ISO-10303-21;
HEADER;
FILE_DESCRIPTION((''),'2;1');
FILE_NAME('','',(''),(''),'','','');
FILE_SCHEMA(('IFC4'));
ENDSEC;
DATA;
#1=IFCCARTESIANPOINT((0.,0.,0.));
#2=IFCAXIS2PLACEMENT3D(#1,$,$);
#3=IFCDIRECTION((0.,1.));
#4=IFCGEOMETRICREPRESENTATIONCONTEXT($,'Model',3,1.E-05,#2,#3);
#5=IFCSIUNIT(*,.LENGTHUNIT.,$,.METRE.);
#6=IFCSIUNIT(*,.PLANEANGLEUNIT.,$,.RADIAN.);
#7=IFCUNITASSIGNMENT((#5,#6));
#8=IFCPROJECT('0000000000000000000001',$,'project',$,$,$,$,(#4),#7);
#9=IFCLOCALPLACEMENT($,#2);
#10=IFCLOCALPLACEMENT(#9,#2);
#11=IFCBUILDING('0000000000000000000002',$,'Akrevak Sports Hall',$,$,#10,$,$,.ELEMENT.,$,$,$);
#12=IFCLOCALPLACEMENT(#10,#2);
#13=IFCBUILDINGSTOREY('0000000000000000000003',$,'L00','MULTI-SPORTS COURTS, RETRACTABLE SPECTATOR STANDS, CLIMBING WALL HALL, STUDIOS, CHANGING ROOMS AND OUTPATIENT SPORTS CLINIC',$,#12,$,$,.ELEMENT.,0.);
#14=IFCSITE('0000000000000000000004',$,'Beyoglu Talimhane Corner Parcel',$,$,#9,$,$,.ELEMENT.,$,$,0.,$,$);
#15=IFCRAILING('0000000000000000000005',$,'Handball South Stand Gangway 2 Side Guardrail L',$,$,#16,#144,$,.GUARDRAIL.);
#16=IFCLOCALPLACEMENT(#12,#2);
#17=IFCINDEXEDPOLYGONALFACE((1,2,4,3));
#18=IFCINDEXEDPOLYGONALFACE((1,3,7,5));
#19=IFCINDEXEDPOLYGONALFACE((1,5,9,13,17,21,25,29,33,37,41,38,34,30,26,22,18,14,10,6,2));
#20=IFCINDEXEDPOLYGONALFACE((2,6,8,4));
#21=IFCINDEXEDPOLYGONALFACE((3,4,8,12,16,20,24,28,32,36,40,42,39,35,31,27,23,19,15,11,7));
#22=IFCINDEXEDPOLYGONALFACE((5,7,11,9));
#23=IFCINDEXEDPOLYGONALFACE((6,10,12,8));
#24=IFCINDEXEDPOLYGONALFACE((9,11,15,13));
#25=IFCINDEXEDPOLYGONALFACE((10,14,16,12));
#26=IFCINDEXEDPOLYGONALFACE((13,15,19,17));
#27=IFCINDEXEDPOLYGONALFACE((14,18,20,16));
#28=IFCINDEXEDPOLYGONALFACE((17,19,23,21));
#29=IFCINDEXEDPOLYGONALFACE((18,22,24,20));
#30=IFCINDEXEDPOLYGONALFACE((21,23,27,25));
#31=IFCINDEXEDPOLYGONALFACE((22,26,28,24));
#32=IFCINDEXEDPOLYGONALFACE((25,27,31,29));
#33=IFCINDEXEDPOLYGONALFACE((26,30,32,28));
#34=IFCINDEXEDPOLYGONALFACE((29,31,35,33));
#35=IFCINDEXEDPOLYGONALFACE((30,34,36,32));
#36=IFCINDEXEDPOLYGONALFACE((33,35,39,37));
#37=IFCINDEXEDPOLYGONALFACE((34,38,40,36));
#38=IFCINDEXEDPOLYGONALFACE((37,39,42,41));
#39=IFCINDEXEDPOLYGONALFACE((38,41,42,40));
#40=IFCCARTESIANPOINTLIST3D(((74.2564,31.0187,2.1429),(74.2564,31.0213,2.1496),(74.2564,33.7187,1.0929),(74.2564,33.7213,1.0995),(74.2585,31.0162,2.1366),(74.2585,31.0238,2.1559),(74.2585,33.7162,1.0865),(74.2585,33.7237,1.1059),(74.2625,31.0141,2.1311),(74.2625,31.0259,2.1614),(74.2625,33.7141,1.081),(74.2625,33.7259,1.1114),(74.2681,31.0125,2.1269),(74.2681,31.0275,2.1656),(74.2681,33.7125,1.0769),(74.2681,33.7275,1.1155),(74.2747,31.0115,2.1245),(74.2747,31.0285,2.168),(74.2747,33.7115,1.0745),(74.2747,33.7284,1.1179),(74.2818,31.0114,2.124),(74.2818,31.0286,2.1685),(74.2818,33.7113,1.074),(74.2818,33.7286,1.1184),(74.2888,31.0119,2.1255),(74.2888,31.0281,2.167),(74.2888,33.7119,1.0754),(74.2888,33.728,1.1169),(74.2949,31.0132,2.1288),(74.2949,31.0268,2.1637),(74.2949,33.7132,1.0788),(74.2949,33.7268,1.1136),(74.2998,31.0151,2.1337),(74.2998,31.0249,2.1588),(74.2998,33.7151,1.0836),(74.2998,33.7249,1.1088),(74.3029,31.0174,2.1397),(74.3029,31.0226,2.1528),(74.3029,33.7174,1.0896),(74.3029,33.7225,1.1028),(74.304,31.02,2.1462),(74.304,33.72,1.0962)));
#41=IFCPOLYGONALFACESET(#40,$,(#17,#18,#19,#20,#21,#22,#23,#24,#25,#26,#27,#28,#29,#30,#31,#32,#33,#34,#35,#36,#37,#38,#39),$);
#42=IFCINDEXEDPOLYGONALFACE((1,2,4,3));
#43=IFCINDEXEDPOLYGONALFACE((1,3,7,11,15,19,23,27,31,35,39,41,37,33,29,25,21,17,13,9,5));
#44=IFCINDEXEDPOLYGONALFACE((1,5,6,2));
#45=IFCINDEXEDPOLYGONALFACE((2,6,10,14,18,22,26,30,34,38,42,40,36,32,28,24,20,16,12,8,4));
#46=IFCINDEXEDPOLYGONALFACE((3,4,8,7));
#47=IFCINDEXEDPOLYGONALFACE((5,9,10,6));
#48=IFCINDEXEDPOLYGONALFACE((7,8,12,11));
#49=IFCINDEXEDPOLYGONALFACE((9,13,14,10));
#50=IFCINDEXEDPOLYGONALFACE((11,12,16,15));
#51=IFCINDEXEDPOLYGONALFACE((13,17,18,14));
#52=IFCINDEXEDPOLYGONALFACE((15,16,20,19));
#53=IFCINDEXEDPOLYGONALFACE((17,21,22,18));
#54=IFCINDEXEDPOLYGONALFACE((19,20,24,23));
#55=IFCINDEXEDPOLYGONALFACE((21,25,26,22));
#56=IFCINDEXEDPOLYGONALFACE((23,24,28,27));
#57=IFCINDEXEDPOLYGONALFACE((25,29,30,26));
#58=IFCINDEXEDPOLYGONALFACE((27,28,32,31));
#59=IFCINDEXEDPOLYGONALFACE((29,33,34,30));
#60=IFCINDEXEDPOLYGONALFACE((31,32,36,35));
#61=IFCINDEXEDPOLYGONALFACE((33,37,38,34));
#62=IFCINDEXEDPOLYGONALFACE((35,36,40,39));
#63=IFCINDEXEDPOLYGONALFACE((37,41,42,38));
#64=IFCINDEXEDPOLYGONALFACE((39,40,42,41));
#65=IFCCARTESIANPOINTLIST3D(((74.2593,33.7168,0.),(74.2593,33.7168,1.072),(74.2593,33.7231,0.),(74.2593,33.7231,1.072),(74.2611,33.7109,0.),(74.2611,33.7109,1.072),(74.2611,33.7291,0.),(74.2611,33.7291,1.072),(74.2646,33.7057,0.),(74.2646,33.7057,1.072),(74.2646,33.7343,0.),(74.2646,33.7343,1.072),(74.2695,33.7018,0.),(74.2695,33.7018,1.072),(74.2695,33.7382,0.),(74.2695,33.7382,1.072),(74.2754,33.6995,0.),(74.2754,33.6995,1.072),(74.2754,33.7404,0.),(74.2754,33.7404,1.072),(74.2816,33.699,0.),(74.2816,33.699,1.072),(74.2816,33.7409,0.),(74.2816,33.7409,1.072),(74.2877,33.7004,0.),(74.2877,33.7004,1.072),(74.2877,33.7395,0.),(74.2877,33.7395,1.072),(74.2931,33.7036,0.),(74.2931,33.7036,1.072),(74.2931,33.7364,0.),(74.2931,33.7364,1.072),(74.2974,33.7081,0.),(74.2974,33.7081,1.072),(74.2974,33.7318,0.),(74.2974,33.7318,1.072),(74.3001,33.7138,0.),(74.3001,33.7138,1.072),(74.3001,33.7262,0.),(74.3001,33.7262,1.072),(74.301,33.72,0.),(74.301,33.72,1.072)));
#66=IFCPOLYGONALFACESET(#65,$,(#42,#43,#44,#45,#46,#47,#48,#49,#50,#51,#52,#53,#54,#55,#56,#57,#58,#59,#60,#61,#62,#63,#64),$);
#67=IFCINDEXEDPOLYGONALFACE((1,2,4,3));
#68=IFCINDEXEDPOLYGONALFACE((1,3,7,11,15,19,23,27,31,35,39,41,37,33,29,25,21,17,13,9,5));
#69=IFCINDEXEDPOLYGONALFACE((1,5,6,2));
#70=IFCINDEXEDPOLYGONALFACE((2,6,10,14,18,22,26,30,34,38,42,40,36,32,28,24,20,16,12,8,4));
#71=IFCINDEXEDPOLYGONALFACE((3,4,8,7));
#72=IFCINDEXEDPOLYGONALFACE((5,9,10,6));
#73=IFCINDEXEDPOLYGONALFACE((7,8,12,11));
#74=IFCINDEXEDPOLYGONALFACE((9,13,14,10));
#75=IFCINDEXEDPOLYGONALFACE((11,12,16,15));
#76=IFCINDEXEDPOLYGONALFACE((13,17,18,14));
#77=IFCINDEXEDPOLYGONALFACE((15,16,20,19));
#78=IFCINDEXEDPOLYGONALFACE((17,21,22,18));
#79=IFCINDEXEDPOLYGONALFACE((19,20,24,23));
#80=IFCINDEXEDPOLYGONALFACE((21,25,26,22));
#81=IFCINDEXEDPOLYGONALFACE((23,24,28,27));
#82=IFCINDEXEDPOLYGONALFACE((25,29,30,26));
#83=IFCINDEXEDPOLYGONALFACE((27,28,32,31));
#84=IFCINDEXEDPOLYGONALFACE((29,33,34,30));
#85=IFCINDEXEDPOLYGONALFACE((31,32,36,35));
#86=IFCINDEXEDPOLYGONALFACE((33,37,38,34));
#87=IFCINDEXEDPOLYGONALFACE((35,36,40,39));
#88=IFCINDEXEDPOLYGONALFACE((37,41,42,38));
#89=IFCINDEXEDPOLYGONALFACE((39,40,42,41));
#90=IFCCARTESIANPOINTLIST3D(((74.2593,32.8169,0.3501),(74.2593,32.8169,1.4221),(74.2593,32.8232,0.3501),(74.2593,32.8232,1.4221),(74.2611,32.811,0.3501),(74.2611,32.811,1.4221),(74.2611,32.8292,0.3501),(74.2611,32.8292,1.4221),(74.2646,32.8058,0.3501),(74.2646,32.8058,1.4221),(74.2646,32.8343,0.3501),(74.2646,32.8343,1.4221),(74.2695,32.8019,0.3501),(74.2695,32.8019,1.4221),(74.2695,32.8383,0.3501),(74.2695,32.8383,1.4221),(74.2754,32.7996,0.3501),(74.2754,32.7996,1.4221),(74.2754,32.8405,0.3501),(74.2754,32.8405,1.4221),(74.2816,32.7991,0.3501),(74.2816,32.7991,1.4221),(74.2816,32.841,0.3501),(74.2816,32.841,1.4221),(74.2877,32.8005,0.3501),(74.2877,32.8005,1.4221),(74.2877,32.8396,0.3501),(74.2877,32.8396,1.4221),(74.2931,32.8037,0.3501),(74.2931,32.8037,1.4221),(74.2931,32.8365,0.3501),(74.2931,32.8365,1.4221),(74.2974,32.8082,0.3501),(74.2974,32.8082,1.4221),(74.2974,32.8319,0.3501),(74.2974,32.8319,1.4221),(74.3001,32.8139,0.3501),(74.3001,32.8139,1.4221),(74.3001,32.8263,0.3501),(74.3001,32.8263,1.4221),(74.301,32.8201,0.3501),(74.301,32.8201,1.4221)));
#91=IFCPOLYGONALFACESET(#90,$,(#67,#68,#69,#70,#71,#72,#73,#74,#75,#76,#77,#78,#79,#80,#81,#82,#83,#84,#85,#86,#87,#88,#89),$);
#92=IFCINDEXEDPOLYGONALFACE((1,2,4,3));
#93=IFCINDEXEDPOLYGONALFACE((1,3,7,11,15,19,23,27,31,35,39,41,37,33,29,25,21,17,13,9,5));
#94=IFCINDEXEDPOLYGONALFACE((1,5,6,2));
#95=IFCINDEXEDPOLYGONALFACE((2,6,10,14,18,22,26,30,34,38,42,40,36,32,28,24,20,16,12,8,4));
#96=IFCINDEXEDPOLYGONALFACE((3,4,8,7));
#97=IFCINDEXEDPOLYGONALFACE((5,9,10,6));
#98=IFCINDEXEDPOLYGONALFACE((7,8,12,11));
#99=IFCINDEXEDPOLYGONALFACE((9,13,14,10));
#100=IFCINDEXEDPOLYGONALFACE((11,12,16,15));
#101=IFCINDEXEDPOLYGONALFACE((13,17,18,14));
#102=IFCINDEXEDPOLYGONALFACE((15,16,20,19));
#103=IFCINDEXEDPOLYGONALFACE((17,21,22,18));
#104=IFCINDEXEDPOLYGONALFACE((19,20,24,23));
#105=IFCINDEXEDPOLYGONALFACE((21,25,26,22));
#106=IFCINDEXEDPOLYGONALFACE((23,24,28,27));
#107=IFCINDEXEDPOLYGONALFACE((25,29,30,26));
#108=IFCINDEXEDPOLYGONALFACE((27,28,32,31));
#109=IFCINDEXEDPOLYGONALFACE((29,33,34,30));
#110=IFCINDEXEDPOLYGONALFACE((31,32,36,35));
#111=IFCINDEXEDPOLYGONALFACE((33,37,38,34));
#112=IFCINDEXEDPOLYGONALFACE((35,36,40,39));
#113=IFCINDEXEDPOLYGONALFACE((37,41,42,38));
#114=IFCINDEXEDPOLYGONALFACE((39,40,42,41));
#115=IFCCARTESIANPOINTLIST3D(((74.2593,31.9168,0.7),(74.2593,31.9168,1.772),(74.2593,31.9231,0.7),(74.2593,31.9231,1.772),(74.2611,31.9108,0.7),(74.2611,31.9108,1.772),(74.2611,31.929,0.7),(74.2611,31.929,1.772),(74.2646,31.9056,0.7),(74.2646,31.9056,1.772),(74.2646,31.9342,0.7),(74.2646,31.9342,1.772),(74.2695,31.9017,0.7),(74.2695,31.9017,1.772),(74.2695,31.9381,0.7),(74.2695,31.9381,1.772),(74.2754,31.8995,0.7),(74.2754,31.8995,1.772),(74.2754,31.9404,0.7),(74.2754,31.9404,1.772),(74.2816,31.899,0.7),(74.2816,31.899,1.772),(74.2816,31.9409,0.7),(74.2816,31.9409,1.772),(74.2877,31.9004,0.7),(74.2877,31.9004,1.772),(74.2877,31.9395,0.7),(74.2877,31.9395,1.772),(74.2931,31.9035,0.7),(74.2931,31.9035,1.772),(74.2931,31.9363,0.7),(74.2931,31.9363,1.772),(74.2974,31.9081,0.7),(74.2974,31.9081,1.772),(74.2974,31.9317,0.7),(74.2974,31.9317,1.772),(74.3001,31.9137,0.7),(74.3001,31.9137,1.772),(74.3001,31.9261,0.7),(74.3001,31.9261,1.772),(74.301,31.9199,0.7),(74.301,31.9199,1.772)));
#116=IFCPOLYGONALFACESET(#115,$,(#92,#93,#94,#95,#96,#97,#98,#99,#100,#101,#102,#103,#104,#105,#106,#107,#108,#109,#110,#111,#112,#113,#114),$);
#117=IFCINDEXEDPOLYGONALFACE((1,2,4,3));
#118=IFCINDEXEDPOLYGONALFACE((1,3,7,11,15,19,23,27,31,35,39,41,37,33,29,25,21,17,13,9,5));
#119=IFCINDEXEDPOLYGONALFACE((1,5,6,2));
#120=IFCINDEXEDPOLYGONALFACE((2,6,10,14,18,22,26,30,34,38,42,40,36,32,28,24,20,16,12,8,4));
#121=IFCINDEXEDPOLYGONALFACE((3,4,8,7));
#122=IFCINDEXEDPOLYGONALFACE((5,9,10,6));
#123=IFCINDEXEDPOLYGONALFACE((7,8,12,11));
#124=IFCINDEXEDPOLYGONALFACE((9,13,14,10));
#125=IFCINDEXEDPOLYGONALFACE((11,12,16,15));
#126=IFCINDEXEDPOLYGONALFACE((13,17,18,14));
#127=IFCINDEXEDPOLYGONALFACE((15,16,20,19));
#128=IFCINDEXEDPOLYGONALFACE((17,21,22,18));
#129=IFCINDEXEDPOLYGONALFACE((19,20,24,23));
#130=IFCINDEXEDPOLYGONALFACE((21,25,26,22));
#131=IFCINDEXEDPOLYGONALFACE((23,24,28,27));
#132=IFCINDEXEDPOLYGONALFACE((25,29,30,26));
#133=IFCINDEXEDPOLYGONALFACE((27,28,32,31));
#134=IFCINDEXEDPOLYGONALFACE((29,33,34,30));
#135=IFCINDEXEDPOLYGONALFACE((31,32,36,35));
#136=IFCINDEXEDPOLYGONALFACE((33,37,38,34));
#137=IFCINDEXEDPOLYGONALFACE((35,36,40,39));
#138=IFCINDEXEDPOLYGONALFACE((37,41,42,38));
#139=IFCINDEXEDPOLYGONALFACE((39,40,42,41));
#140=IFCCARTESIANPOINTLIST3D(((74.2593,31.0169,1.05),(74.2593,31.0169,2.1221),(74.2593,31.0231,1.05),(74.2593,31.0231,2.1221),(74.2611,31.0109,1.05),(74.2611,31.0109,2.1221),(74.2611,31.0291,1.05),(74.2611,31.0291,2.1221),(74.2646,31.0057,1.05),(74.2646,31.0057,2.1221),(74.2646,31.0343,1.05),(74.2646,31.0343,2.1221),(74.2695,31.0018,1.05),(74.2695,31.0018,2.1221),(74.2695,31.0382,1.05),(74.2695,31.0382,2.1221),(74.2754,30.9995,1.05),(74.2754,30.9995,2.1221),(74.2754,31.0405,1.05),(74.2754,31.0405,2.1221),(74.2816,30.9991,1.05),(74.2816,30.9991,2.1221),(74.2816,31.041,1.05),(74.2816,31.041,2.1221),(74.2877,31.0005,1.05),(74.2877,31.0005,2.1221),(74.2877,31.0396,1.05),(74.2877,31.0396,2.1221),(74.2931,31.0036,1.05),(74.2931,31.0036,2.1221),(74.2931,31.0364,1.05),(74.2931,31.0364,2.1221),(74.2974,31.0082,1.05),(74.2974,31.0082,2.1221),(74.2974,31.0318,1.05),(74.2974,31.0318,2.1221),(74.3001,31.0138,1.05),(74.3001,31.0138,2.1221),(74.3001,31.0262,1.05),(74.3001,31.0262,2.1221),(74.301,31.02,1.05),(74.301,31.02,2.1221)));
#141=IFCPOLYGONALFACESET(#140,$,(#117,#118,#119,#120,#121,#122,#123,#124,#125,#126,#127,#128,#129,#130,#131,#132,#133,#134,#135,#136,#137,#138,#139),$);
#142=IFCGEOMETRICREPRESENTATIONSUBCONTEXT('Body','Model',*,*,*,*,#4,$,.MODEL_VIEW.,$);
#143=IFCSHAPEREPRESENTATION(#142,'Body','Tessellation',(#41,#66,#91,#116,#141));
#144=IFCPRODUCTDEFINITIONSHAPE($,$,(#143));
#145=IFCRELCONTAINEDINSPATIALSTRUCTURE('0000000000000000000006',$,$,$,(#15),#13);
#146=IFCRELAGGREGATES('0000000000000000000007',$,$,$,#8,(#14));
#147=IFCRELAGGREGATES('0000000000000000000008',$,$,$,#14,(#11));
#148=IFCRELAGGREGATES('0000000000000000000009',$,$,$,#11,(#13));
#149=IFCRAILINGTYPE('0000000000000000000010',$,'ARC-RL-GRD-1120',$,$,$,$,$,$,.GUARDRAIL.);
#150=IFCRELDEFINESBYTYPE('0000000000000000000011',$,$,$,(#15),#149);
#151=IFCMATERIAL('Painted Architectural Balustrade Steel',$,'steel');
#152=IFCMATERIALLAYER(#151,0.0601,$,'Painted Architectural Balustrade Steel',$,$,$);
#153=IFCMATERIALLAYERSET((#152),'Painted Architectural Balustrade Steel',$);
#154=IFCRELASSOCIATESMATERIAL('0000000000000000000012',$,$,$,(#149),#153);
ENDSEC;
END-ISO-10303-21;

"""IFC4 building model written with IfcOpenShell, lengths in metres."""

from ifc_helpers import new_model, si_unit, direction, frame, origin, origin_2d, place, context, subcontext, project, spatial, circle, extrude, material, layer, layer_set, type_object, element, save


model = new_model("IFC4")

# Units and contexts
model_context = context("Model", 3, precision=1e-05, world=origin(), true_north=direction((0.0, 1.0)))
body_context = subcontext(model_context, "Body", "Model", "MODEL_VIEW")
ifc_project = project(units=[si_unit("LENGTHUNIT", "METRE"), si_unit("PLANEANGLEUNIT", "RADIAN")], contexts=[model_context])

# Site, building, storey
site_placement = place(None, origin())
site = spatial("IfcSite", under=ifc_project, at=site_placement, Name="Beyoglu Talimhane Corner Parcel", CompositionType="ELEMENT", RefElevation=0.0)
building_placement = place(site_placement, origin())
building = spatial("IfcBuilding", under=site, at=building_placement, Name="Akrevak Sports Hall", CompositionType="ELEMENT")
storey_placement = place(building_placement, origin())
storey = spatial("IfcBuildingStorey", under=building, at=storey_placement, Name="L00", Description="MULTI-SPORTS COURTS, RETRACTABLE SPECTATOR STANDS, CLIMBING WALL HALL, STUDIOS, CHANGING ROOMS AND OUTPATIENT SPORTS CLINIC", CompositionType="ELEMENT", Elevation=0.0)

# Railing
ifc_material_1 = material(Name="Painted Architectural Balustrade Steel", Category="steel")
ifc_layer_1 = layer(ifc_material_1, 0.0601, Name="Painted Architectural Balustrade Steel")
ifc_layer_set_1 = layer_set([ifc_layer_1], Name="Painted Architectural Balustrade Steel")
railing_type_1 = type_object("IfcRailingType", Name="ARC-RL-GRD-1120", PredefinedType="GUARDRAIL", material=ifc_layer_set_1)
for number, where, name in (
    (1, (74.28, 33.72, 0.0), "Handball South Stand Gangway 2 Side Guardrail L"),
):
    element("IfcRailing", number, at=place(storey_placement, frame(where)), inside=storey, type_object=railing_type_1, Name=name, PredefinedType="GUARDRAIL", context=body_context, shape_type="SweptSolid", body=[
        extrude(circle(Radius=0.0239, at=origin_2d()), frame((0.0, 0.0, 1.0962), z_axis=(0.0, -0.931997, 0.362467), x_axis=(1.0, 0.0, 0.0)), (0.0, 0.0, 1.0), 2.897),
        extrude(circle(Radius=0.021, at=origin_2d()), origin(), (0.0, 0.0, 1.0), 1.072),
        extrude(circle(Radius=0.021, at=origin_2d()), frame((0.0, -0.8999, 0.3501)), (0.0, 0.0, 1.0), 1.072),
        extrude(circle(Radius=0.021, at=origin_2d()), frame((0.0, -1.8, 0.7)), (0.0, 0.0, 1.0), 1.072),
        extrude(circle(Radius=0.021, at=origin_2d()), frame((0.0, -2.7, 1.05)), (0.0, 0.0, 1.0), 1.072),
    ])

save(model, "model.ifc")
